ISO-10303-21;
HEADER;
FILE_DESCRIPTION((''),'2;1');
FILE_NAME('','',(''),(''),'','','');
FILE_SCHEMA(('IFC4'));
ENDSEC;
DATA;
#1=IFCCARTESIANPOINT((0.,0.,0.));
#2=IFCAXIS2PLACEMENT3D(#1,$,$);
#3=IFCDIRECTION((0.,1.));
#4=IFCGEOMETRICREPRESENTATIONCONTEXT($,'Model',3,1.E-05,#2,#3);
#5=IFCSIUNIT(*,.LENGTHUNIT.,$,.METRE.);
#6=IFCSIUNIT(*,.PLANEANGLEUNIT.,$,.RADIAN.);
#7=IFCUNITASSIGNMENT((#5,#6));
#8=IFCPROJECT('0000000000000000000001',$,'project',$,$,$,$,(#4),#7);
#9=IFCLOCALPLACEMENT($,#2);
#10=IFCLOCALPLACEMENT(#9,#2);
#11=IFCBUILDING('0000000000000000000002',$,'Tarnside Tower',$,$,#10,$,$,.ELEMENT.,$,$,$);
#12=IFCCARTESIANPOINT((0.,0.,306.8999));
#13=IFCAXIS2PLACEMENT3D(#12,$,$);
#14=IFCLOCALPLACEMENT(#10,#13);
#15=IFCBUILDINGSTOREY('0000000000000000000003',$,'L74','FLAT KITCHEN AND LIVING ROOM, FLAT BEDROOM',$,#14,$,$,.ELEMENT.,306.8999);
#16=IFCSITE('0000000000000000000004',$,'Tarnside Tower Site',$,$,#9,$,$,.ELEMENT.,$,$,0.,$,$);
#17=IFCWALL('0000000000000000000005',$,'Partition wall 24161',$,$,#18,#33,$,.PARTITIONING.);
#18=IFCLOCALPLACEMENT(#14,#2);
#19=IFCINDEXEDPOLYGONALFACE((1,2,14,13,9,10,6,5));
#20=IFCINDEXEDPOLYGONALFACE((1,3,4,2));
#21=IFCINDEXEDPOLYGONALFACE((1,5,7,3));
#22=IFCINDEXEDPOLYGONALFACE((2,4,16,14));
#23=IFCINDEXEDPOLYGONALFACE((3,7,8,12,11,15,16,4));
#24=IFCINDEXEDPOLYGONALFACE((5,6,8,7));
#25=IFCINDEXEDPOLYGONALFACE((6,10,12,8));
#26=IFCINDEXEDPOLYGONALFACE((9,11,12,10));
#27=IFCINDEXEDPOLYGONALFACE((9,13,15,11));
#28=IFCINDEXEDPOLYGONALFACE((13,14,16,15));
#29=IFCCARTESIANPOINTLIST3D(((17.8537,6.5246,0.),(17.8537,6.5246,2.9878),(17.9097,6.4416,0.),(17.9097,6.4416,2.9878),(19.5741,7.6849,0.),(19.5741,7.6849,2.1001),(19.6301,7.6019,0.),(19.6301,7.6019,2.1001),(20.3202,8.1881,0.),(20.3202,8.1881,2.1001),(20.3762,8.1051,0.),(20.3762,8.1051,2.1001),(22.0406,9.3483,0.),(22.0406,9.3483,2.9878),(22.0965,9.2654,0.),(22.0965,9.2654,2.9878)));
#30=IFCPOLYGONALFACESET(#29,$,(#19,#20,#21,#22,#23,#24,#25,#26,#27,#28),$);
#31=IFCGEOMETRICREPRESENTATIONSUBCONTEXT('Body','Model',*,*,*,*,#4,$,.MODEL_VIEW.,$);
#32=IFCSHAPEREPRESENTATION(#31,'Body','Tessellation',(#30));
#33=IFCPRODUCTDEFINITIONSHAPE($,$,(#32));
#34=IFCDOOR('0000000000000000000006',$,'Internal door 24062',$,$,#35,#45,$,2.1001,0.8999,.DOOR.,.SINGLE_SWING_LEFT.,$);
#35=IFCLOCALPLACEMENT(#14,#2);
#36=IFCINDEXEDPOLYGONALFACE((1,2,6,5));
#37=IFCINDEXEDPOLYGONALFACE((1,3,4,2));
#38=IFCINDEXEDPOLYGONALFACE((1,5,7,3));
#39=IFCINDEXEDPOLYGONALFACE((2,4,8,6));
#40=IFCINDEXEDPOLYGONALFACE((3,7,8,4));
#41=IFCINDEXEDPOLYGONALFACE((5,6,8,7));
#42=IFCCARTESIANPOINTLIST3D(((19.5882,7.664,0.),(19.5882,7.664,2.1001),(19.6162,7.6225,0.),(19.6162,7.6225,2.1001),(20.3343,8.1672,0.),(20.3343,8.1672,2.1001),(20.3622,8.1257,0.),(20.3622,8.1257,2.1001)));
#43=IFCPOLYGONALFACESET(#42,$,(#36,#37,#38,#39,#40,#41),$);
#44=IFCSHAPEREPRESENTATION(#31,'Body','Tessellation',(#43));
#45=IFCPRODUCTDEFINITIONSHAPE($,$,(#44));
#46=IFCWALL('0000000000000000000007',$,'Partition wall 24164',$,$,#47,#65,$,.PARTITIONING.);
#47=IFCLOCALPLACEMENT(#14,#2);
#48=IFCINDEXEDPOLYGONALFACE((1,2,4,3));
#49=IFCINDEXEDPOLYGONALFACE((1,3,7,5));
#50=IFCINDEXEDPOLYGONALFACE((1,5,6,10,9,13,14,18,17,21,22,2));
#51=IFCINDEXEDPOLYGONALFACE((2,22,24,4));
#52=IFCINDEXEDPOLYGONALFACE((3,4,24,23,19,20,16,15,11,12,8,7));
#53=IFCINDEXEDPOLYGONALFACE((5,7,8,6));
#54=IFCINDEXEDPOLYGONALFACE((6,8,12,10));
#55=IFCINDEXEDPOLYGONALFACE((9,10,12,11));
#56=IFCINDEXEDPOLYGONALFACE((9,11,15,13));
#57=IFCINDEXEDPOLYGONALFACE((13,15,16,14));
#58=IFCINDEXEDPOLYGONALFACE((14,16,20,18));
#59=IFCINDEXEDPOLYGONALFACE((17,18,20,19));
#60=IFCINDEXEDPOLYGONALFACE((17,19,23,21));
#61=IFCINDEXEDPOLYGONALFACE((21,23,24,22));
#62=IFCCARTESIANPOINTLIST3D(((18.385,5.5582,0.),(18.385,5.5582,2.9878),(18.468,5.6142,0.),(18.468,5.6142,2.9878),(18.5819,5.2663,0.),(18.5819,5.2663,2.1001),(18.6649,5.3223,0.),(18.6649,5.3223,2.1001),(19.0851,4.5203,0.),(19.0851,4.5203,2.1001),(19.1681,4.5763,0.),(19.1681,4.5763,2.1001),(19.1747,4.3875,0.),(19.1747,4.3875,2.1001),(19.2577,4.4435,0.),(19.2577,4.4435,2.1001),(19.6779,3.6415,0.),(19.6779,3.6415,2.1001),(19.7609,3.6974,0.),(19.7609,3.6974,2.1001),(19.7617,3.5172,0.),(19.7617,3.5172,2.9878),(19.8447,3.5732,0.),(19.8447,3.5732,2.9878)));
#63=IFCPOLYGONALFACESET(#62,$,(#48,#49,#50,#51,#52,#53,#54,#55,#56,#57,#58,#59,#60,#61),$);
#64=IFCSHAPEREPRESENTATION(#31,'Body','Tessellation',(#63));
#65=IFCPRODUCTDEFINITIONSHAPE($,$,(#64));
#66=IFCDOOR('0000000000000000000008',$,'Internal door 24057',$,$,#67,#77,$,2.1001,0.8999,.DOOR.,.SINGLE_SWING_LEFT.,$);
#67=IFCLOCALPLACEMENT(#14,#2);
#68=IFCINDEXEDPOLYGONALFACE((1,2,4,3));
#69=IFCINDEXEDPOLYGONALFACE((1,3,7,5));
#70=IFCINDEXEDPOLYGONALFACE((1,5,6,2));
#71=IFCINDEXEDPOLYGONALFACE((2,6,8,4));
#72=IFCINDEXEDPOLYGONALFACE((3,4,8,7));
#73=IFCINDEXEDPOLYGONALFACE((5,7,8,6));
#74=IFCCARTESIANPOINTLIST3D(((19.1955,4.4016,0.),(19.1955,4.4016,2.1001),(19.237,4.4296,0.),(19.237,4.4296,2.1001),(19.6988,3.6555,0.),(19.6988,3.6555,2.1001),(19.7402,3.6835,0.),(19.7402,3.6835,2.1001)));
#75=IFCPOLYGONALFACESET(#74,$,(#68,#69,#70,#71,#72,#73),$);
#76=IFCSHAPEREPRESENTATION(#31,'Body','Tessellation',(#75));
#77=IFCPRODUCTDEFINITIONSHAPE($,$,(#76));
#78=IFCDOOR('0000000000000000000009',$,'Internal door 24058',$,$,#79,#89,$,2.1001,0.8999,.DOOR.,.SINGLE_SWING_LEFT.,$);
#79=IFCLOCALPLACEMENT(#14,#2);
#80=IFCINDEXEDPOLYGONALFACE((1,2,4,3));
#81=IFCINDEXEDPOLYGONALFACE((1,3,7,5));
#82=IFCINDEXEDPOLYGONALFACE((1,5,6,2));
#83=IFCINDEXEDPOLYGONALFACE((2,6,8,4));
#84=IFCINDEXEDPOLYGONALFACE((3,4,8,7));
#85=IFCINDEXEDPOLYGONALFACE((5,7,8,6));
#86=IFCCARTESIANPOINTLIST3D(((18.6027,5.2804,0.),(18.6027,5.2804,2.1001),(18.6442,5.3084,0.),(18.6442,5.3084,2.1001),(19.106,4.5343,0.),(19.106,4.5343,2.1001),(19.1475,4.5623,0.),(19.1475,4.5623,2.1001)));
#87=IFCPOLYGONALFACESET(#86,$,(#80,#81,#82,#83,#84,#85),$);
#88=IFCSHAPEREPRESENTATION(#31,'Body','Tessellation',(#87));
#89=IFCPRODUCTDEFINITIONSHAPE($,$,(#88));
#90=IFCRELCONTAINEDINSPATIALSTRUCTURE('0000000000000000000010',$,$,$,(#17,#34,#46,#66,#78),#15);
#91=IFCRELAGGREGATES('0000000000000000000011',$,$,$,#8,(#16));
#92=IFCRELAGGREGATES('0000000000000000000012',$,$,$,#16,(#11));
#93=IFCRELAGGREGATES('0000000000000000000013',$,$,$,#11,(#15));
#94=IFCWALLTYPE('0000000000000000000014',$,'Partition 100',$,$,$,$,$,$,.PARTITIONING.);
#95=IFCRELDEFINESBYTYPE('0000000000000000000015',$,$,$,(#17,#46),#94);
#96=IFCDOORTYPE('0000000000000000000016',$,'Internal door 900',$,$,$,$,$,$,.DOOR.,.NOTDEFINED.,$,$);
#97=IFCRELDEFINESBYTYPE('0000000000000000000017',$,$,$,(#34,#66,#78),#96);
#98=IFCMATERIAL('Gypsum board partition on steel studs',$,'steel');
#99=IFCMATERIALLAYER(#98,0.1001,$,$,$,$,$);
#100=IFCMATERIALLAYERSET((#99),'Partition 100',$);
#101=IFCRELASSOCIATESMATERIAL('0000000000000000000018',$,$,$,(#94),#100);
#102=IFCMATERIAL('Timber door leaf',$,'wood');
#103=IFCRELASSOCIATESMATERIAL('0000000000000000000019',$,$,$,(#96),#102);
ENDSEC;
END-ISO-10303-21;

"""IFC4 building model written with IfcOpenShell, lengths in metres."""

from ifc_helpers import new_model, si_unit, direction, frame, frame_2d, origin, place, context, subcontext, project, spatial, rectangle, extrude, material, layer, layer_set, type_object, element, fill, save


model = new_model("IFC4")

# Units and contexts
model_context = context("Model", 3, precision=1e-05, world=origin(), true_north=direction((0.0, 1.0)))
body_context = subcontext(model_context, "Body", "Model", "MODEL_VIEW")
ifc_project = project(units=[si_unit("LENGTHUNIT", "METRE"), si_unit("PLANEANGLEUNIT", "RADIAN")], contexts=[model_context])

# Site, building, storey
site_placement = place(None, origin())
site = spatial("IfcSite", under=ifc_project, at=site_placement, Name="Tarnside Tower Site", CompositionType="ELEMENT", RefElevation=0.0)
building_placement = place(site_placement, origin())
building = spatial("IfcBuilding", under=site, at=building_placement, Name="Tarnside Tower", CompositionType="ELEMENT")
storey_placement = place(building_placement, frame((0.0, 0.0, 306.8999)))
storey = spatial("IfcBuildingStorey", under=building, at=storey_placement, Name="L74", Description="FLAT KITCHEN AND LIVING ROOM, FLAT BEDROOM", CompositionType="ELEMENT", Elevation=306.8999)

# Shared definitions
ifc_material_1 = material(Name="Gypsum board partition on steel studs", Category="steel")

# Shared definitions
ifc_material_2 = material(Name="Timber door leaf", Category="wood")

# Wall, opening, door
ifc_layer_1 = layer(ifc_material_1, 0.1001)
ifc_layer_set_1 = layer_set([ifc_layer_1], Name="Partition 100")
wall_type_1 = type_object("IfcWallType", Name="Partition 100", PredefinedType="PARTITIONING", material=ifc_layer_set_1)
wall_1_placement = place(storey_placement, frame((17.8818, 6.4832, 0.0), z_axis=(0.0, 0.0, 1.0), x_axis=(0.829063, 0.559155, 0.0)))
wall_1 = element("IfcWall", 1, at=wall_1_placement, inside=storey, type_object=wall_type_1, Name="Partition wall 24161", PredefinedType="PARTITIONING", context=body_context, shape_type="SweptSolid", body=[
    extrude(rectangle(XDim=5.05, YDim=0.1001, at=frame_2d((2.5249, 0.0))), origin(), (0.0, 0.0, 1.0), 2.9878),
])
opening_1_placement = place(wall_1_placement, frame((2.075, 0.0, 0.0)))
opening_1 = element("IfcOpeningElement", 2, at=opening_1_placement, cuts=wall_1, PredefinedType="OPENING", context=body_context, shape_type="SweptSolid", body=[
    extrude(rectangle(XDim=0.8999, YDim=2.1001, at=frame_2d((0.45, 1.05))), frame((0.0, 0.0601, 0.0), z_axis=(0.0, -1.0, 0.0), x_axis=(1.0, 0.0, 0.0)), (0.0, 0.0, 1.0), 0.1201),
])
door_type_1 = type_object("IfcDoorType", Name="Internal door 900", OperationType="NOTDEFINED", PredefinedType="DOOR", material=ifc_material_2)
door_1_placement = place(opening_1_placement, origin())
door_1 = element("IfcDoor", 3, at=door_1_placement, inside=storey, type_object=door_type_1, Name="Internal door 24062", OperationType="SINGLE_SWING_LEFT", OverallHeight=2.1001, OverallWidth=0.8999, PredefinedType="DOOR", context=body_context, shape_type="SweptSolid", body=[
    extrude(rectangle(XDim=0.8999, YDim=2.1001, at=frame_2d((0.45, 1.05))), frame((0.0, 0.0249, 0.0), z_axis=(0.0, -1.0, 0.0), x_axis=(1.0, 0.0, 0.0)), (0.0, 0.0, 1.0), 0.05),
])
fill(opening_1, door_1)

# Wall, openings, doors
wall_2_placement = place(storey_placement, frame((19.8032, 3.5452, 0.0), z_axis=(0.0, 0.0, 1.0), x_axis=(-0.5592, 0.829033, 0.0)))
wall_2 = element("IfcWall", 4, at=wall_2_placement, inside=storey, type_object=wall_type_1, Name="Partition wall 24164", PredefinedType="PARTITIONING", context=body_context, shape_type="SweptSolid", body=[
    extrude(rectangle(XDim=2.4619, YDim=0.1001, at=frame_2d((1.231, 0.0))), origin(), (0.0, 0.0, 1.0), 2.9878),
])
opening_2_placement = place(wall_2_placement, frame((0.1499, 0.0, 0.0)))
opening_2 = element("IfcOpeningElement", 5, at=opening_2_placement, cuts=wall_2, PredefinedType="OPENING", context=body_context, shape_type="SweptSolid", body=[
    extrude(rectangle(XDim=0.8999, YDim=2.1001, at=frame_2d((0.45, 1.05))), frame((0.0, 0.0601, 0.0), z_axis=(0.0, -1.0, 0.0), x_axis=(1.0, 0.0, 0.0)), (0.0, 0.0, 1.0), 0.1201),
])
opening_3_placement = place(wall_2_placement, frame((1.21, 0.0, 0.0)))
opening_3 = element("IfcOpeningElement", 6, at=opening_3_placement, cuts=wall_2, PredefinedType="OPENING", context=body_context, shape_type="SweptSolid", body=[
    extrude(rectangle(XDim=0.8999, YDim=2.1001, at=frame_2d((0.45, 1.05))), frame((0.0, 0.0601, 0.0), z_axis=(0.0, -1.0, 0.0), x_axis=(1.0, 0.0, 0.0)), (0.0, 0.0, 1.0), 0.1201),
])
door_2_placement = place(opening_2_placement, origin())
door_2 = element("IfcDoor", 7, at=door_2_placement, inside=storey, type_object=door_type_1, Name="Internal door 24057", OperationType="SINGLE_SWING_LEFT", OverallHeight=2.1001, OverallWidth=0.8999, PredefinedType="DOOR", context=body_context, shape_type="SweptSolid", body=[
    extrude(rectangle(XDim=0.8999, YDim=2.1001, at=frame_2d((0.45, 1.05))), frame((0.0, 0.0249, 0.0), z_axis=(0.0, -1.0, 0.0), x_axis=(1.0, 0.0, 0.0)), (0.0, 0.0, 1.0), 0.05),
])
fill(opening_2, door_2)
door_3_placement = place(opening_3_placement, origin())
door_3 = element("IfcDoor", 8, at=door_3_placement, inside=storey, type_object=door_type_1, Name="Internal door 24058", OperationType="SINGLE_SWING_LEFT", OverallHeight=2.1001, OverallWidth=0.8999, PredefinedType="DOOR", context=body_context, shape_type="SweptSolid", body=[
    extrude(rectangle(XDim=0.8999, YDim=2.1001, at=frame_2d((0.45, 1.05))), frame((0.0, 0.0249, 0.0), z_axis=(0.0, -1.0, 0.0), x_axis=(1.0, 0.0, 0.0)), (0.0, 0.0, 1.0), 0.05),
])
fill(opening_3, door_3)

save(model, "model.ifc")
